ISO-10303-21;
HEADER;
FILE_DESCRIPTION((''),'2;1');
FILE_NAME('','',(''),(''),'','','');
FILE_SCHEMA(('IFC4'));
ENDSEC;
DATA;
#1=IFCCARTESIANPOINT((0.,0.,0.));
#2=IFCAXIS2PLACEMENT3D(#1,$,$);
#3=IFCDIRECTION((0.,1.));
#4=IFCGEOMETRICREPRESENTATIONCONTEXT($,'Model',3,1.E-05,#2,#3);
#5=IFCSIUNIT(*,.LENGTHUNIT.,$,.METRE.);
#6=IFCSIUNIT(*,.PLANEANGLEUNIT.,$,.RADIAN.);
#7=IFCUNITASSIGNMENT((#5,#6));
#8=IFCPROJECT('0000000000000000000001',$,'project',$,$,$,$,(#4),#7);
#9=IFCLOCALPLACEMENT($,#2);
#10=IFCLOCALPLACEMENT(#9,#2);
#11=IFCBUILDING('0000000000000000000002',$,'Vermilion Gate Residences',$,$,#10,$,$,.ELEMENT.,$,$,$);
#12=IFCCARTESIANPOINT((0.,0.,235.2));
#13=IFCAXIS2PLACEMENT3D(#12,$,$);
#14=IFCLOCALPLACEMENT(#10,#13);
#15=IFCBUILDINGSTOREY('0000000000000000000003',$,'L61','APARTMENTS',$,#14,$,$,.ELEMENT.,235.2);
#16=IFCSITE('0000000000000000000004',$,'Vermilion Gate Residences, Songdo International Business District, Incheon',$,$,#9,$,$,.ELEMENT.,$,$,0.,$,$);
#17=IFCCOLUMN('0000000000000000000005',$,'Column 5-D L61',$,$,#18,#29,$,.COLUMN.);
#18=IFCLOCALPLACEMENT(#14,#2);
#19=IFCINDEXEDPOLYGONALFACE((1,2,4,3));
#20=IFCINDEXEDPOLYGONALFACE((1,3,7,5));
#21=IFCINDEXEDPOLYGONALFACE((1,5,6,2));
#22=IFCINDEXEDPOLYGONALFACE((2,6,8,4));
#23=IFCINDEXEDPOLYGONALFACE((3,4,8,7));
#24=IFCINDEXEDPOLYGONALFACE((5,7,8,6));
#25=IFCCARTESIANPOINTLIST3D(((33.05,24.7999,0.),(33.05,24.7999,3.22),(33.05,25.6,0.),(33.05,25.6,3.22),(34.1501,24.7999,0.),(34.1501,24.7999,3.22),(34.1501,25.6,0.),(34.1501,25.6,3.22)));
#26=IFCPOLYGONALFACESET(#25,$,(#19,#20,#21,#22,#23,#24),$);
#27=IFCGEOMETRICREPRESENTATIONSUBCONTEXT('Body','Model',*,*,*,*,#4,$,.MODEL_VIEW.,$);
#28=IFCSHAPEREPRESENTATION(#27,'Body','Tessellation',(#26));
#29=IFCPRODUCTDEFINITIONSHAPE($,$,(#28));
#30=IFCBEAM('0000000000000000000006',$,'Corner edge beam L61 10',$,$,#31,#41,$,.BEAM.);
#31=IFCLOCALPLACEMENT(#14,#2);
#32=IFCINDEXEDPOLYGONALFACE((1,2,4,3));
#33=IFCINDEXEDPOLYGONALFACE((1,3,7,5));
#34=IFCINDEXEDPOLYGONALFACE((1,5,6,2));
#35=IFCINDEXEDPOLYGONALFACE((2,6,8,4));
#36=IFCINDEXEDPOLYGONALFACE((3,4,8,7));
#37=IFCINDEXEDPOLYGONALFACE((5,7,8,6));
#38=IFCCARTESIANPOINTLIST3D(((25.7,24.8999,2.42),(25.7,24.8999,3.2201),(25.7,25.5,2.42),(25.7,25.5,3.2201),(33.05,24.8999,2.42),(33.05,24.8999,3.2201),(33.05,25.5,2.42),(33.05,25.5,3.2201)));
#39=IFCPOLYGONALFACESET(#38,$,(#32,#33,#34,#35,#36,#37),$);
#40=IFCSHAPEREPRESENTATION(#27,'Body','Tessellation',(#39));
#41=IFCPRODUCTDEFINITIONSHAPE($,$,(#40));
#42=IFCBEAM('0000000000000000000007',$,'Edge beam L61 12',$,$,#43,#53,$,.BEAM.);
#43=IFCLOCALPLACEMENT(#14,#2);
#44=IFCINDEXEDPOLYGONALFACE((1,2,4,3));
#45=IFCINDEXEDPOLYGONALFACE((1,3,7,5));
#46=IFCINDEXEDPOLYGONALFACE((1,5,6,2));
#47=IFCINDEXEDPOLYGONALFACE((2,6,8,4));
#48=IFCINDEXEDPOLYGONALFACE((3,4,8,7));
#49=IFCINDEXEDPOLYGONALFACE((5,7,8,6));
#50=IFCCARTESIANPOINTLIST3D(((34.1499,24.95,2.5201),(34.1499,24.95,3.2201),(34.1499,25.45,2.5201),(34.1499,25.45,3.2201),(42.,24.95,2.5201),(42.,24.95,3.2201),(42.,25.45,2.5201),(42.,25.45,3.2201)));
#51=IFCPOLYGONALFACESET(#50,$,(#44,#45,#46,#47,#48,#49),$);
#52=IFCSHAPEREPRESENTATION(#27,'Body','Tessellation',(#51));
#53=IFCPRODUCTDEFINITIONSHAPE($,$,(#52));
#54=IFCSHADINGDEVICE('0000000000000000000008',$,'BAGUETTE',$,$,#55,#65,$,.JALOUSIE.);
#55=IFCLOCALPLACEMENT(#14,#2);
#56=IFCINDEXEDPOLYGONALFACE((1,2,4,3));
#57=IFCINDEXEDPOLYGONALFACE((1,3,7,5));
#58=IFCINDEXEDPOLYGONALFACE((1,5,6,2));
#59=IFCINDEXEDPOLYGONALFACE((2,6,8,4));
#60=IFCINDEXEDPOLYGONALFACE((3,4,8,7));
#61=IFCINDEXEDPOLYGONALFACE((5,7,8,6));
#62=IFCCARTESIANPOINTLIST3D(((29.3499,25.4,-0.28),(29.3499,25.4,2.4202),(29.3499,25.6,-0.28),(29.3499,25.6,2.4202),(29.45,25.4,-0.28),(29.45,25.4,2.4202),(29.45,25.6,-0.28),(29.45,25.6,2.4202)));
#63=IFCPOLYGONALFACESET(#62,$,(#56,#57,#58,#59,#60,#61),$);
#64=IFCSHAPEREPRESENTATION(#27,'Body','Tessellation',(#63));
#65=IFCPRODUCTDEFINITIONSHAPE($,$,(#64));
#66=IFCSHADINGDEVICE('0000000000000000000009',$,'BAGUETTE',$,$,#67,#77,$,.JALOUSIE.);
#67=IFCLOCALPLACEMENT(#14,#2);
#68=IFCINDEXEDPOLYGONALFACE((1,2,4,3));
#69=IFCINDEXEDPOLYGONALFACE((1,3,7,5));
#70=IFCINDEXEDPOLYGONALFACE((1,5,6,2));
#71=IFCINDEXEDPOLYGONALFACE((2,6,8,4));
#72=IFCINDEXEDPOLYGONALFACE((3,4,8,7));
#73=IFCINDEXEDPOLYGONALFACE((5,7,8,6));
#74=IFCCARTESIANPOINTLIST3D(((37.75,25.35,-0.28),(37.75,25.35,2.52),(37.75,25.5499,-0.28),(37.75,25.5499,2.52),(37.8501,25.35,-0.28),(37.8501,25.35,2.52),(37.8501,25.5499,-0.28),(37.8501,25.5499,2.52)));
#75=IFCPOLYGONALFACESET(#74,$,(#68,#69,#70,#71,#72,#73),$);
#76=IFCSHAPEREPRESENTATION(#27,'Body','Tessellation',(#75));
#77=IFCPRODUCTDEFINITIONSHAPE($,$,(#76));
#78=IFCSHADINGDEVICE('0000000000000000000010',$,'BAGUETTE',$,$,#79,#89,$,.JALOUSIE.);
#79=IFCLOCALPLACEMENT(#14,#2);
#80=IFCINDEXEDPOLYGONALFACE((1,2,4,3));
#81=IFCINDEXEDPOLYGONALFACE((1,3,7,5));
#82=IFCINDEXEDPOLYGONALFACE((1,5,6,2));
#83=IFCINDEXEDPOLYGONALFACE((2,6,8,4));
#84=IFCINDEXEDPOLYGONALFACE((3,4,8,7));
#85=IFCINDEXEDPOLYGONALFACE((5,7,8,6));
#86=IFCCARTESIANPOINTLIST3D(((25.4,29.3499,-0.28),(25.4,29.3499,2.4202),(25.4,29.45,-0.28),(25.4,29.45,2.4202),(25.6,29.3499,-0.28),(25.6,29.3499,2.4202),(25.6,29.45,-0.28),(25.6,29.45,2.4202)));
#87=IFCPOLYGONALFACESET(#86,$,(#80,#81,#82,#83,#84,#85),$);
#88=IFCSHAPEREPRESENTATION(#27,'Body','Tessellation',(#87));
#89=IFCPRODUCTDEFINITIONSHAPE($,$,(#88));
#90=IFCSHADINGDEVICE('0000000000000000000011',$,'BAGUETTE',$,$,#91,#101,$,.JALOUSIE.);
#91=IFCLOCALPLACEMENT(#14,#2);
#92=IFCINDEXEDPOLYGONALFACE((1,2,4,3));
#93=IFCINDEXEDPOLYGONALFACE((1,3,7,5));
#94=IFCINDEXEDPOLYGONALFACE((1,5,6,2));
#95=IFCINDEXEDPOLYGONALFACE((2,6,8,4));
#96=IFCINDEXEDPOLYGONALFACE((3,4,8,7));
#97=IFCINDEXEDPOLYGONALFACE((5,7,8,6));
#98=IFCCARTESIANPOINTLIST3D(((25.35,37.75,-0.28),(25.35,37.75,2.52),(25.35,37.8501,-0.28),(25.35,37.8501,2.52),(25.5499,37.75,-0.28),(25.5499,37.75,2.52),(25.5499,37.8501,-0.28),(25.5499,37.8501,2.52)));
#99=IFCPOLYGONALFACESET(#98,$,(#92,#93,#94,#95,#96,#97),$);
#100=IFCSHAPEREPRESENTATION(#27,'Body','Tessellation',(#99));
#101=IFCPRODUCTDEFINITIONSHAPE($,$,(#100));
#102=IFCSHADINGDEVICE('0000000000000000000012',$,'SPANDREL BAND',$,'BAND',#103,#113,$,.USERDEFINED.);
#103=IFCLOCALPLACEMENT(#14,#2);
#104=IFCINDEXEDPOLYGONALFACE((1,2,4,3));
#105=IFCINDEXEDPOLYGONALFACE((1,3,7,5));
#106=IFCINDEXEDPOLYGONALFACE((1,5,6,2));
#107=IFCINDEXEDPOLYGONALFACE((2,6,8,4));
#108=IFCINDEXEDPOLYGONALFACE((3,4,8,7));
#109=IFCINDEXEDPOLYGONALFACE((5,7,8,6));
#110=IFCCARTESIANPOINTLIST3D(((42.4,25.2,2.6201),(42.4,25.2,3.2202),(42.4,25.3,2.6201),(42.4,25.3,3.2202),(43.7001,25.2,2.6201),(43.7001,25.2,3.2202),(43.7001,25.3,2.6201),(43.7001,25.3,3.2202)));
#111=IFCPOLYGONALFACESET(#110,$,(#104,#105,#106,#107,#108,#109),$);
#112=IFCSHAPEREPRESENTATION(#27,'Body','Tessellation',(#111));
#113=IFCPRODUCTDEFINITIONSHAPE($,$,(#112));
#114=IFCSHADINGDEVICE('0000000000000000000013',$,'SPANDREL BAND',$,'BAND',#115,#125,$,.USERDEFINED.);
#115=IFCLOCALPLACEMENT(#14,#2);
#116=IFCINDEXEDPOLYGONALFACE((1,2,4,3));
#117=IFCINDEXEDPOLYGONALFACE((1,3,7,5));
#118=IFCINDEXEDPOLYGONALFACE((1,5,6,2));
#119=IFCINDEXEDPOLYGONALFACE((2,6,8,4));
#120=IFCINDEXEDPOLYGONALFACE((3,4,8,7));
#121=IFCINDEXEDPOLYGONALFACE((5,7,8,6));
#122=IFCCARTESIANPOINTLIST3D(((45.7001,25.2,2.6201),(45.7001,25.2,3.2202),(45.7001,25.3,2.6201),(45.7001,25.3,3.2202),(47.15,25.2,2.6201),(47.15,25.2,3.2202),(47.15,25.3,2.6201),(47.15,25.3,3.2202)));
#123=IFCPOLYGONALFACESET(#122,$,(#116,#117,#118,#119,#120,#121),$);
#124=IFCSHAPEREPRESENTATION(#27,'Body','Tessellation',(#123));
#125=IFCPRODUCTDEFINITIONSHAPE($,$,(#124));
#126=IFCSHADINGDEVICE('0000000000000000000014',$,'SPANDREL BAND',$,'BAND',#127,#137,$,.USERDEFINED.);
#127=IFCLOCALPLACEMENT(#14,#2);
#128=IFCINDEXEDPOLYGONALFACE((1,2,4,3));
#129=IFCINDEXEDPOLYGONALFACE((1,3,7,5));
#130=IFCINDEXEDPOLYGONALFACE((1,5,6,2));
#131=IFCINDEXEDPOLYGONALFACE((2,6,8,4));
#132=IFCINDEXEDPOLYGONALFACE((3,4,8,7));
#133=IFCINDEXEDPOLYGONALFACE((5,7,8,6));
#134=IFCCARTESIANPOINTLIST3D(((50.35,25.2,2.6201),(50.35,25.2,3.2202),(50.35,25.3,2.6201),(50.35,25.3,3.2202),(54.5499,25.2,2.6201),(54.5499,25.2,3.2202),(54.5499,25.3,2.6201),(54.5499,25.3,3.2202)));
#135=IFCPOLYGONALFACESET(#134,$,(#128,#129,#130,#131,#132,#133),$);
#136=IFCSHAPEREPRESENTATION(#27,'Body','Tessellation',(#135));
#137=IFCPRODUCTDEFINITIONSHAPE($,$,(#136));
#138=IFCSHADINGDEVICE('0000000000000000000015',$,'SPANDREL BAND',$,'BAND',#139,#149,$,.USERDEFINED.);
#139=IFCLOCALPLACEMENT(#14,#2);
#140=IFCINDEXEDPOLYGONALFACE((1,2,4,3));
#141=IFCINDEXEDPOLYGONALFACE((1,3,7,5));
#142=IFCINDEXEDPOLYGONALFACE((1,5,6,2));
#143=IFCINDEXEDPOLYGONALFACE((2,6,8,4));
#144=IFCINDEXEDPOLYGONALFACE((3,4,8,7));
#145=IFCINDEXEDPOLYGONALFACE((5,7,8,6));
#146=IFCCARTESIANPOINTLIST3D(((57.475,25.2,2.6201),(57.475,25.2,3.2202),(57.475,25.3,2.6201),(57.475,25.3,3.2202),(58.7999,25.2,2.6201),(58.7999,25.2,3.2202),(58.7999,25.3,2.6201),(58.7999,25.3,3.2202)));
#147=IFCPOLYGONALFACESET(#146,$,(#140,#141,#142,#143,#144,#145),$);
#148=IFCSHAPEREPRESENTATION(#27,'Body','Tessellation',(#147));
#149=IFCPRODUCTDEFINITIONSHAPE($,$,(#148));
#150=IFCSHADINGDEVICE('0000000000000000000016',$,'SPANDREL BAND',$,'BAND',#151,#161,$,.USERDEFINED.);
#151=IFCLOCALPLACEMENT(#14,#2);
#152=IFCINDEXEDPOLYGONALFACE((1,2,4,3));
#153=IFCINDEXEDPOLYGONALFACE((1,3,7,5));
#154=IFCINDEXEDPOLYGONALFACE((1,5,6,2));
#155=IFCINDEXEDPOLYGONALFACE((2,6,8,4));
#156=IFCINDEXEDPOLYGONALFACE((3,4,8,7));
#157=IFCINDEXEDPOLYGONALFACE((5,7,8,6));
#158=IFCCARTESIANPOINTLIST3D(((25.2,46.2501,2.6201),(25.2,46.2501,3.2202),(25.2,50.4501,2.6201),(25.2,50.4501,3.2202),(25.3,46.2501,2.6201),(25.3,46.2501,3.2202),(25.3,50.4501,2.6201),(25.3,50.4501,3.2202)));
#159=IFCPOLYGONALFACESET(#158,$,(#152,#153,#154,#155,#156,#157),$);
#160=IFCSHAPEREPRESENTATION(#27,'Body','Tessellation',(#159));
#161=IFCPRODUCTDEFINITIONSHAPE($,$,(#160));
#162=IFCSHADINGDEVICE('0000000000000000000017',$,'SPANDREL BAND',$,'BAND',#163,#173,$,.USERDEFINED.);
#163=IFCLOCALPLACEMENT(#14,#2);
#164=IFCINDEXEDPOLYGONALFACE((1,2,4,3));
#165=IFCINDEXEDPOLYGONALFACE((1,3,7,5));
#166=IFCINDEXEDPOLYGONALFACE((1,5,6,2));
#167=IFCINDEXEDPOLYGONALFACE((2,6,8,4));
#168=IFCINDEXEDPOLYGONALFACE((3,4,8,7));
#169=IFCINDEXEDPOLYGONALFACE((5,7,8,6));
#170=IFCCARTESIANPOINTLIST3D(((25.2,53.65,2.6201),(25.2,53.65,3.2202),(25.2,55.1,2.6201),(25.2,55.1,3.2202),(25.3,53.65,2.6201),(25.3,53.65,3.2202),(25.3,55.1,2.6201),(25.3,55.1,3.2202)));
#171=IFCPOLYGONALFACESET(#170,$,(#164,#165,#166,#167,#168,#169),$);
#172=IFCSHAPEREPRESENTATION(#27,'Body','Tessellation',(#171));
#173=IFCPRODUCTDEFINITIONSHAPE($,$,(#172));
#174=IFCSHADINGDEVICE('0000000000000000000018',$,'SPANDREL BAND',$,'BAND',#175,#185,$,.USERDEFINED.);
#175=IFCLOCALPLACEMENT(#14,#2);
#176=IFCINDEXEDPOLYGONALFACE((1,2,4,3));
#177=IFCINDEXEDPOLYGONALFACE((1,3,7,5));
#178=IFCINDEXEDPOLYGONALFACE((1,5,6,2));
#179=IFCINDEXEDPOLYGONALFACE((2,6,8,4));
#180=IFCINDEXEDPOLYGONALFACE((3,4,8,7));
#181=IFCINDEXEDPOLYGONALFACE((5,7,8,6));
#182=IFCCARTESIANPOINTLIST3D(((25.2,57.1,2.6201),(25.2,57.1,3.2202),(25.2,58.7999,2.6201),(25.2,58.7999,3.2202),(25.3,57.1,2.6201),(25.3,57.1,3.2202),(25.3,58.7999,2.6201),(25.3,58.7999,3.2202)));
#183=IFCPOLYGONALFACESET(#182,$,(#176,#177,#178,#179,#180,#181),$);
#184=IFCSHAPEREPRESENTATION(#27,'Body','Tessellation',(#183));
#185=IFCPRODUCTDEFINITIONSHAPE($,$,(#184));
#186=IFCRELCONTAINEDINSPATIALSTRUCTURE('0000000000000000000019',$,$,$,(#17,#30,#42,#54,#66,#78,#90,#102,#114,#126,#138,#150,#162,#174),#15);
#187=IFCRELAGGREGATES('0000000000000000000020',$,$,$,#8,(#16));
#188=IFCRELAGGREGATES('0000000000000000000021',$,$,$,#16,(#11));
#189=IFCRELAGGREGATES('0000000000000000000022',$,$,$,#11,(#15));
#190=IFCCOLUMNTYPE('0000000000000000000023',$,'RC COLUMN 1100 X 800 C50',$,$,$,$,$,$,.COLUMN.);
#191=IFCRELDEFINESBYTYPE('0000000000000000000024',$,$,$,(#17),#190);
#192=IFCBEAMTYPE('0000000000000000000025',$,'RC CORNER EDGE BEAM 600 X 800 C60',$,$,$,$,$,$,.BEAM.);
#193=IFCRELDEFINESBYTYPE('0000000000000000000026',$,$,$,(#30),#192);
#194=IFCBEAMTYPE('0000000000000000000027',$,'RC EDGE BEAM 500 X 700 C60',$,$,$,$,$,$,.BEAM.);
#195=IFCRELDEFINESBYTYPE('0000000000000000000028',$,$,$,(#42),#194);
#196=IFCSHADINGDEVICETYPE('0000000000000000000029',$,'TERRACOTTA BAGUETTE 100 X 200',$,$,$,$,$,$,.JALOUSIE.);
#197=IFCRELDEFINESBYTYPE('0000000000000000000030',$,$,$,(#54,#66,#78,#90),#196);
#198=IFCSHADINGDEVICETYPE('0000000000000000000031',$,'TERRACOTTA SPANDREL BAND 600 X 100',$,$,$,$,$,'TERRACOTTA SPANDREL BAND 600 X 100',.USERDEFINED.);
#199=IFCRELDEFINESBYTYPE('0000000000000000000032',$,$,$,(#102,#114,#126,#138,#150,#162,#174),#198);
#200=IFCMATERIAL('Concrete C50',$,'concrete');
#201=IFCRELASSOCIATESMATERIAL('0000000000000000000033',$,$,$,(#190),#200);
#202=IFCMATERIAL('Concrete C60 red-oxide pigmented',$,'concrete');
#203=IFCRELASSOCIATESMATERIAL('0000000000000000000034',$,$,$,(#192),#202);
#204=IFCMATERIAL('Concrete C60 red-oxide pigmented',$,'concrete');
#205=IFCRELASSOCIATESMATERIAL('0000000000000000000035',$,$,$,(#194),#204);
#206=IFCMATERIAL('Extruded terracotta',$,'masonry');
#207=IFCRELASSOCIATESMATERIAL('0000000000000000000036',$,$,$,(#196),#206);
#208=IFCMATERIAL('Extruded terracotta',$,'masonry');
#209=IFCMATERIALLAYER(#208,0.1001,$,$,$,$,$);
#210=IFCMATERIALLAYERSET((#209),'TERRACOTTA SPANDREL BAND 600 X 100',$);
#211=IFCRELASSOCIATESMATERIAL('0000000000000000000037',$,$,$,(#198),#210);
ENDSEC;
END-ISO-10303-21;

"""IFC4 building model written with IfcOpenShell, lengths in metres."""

from ifc_helpers import new_model, si_unit, direction, frame, origin, origin_2d, place, context, subcontext, project, spatial, rectangle, extrude, material, layer, layer_set, material_profile, profile_set, type_object, element, save


model = new_model("IFC4")

# Units and contexts
model_context = context("Model", 3, precision=1e-05, world=origin(), true_north=direction((0.0, 1.0)))
body_context = subcontext(model_context, "Body", "Model", "MODEL_VIEW")
ifc_project = project(units=[si_unit("LENGTHUNIT", "METRE"), si_unit("PLANEANGLEUNIT", "RADIAN")], contexts=[model_context])

# Site, building, storey
site_placement = place(None, origin())
site = spatial("IfcSite", under=ifc_project, at=site_placement, Name="Vermilion Gate Residences, Songdo International Business District, Incheon", CompositionType="ELEMENT", RefElevation=0.0)
building_placement = place(site_placement, origin())
building = spatial("IfcBuilding", under=site, at=building_placement, Name="Vermilion Gate Residences", CompositionType="ELEMENT")
storey_placement = place(building_placement, frame((0.0, 0.0, 235.2)))
storey = spatial("IfcBuildingStorey", under=building, at=storey_placement, Name="L61", Description="APARTMENTS", CompositionType="ELEMENT", Elevation=235.2)

# Column
ifc_material_1 = material(Name="Concrete C50", Category="concrete")
ifc_material_profile_1 = material_profile(ifc_material_1, rectangle(XDim=1.1001, YDim=0.8, at=origin_2d()), Name="RC-1100x800")
ifc_profile_set_1 = profile_set([ifc_material_profile_1], Name="Concrete C50")
column_type = type_object("IfcColumnType", Name="RC COLUMN 1100 X 800 C50", PredefinedType="COLUMN", material=ifc_profile_set_1)
column_placement = place(storey_placement, frame((33.6001, 25.2, 0.0), z_axis=(0.0, 0.0, 1.0), x_axis=(1.0, 0.0, 0.0)))
element("IfcColumn", 1, at=column_placement, inside=storey, type_object=column_type, Name="Column 5-D L61", PredefinedType="COLUMN", context=body_context, shape_type="SweptSolid", body=[
    extrude(rectangle(XDim=1.1001, YDim=0.8, at=origin_2d()), origin(), (0.0, 0.0, 1.0), 3.22),
])

# Beams
ifc_material_2 = material(Name="Concrete C60 red-oxide pigmented", Category="concrete")
ifc_material_profile_2 = material_profile(ifc_material_2, rectangle(XDim=0.6001, YDim=0.8, at=origin_2d()), Name="RC-600x800")
ifc_profile_set_2 = profile_set([ifc_material_profile_2], Name="Concrete C60 red-oxide pigmented")
beam_type_1 = type_object("IfcBeamType", Name="RC CORNER EDGE BEAM 600 X 800 C60", PredefinedType="BEAM", material=ifc_profile_set_2)
beam_1_placement = place(storey_placement, frame((25.7, 25.2, 2.8201), z_axis=(1.0, 0.0, 0.0), x_axis=(0.0, 1.0, 0.0)))
element("IfcBeam", 2, at=beam_1_placement, inside=storey, type_object=beam_type_1, Name="Corner edge beam L61 10", PredefinedType="BEAM", context=body_context, shape_type="SweptSolid", body=[
    extrude(rectangle(XDim=0.6001, YDim=0.8, at=origin_2d()), origin(), (0.0, 0.0, 1.0), 7.3501),
])
ifc_material_3 = material(Name="Concrete C60 red-oxide pigmented", Category="concrete")
ifc_material_profile_3 = material_profile(ifc_material_3, rectangle(XDim=0.5, YDim=0.7, at=origin_2d()), Name="RC-500x700")
ifc_profile_set_3 = profile_set([ifc_material_profile_3], Name="Concrete C60 red-oxide pigmented")
beam_type_2 = type_object("IfcBeamType", Name="RC EDGE BEAM 500 X 700 C60", PredefinedType="BEAM", material=ifc_profile_set_3)
beam_2_placement = place(storey_placement, frame((34.1499, 25.2, 2.8701), z_axis=(1.0, 0.0, 0.0), x_axis=(0.0, 1.0, 0.0)))
element("IfcBeam", 3, at=beam_2_placement, inside=storey, type_object=beam_type_2, Name="Edge beam L61 12", PredefinedType="BEAM", context=body_context, shape_type="SweptSolid", body=[
    extrude(rectangle(XDim=0.5, YDim=0.7, at=origin_2d()), origin(), (0.0, 0.0, 1.0), 7.8501),
])

# Shading devices
ifc_material_4 = material(Name="Extruded terracotta", Category="masonry")
ifc_material_profile_4 = material_profile(ifc_material_4, rectangle(XDim=0.2, YDim=0.1001, at=origin_2d()), Name="BAGUETTE 100 X 200")
ifc_profile_set_4 = profile_set([ifc_material_profile_4], Name="Extruded terracotta")
shading_device_type_1 = type_object("IfcShadingDeviceType", Name="TERRACOTTA BAGUETTE 100 X 200", PredefinedType="JALOUSIE", material=ifc_profile_set_4)
shading_device_1_placement = place(storey_placement, frame((29.3999, 25.5, -0.28), z_axis=(0.0, 0.0, 1.0), x_axis=(0.0, -1.0, 0.0)))
element("IfcShadingDevice", 4, at=shading_device_1_placement, inside=storey, type_object=shading_device_type_1, Name="BAGUETTE", PredefinedType="JALOUSIE", context=body_context, shape_type="SweptSolid", body=[
    extrude(rectangle(XDim=0.2, YDim=0.1001, at=origin_2d()), origin(), (0.0, 0.0, 1.0), 2.7002),
])
shading_device_2_placement = place(storey_placement, frame((37.8, 25.45, -0.28), z_axis=(0.0, 0.0, 1.0), x_axis=(0.0, -1.0, 0.0)))
element("IfcShadingDevice", 5, at=shading_device_2_placement, inside=storey, type_object=shading_device_type_1, Name="BAGUETTE", PredefinedType="JALOUSIE", context=body_context, shape_type="SweptSolid", body=[
    extrude(rectangle(XDim=0.2, YDim=0.1001, at=origin_2d()), origin(), (0.0, 0.0, 1.0), 2.8),
])
shading_device_3_placement = place(storey_placement, frame((25.5, 29.3999, -0.28), z_axis=(0.0, 0.0, 1.0), x_axis=(-1.0, 0.0, 0.0)))
element("IfcShadingDevice", 6, at=shading_device_3_placement, inside=storey, type_object=shading_device_type_1, Name="BAGUETTE", PredefinedType="JALOUSIE", context=body_context, shape_type="SweptSolid", body=[
    extrude(rectangle(XDim=0.2, YDim=0.1001, at=origin_2d()), origin(), (0.0, 0.0, 1.0), 2.7002),
])
shading_device_4_placement = place(storey_placement, frame((25.45, 37.8, -0.28), z_axis=(0.0, 0.0, 1.0), x_axis=(-1.0, 0.0, 0.0)))
element("IfcShadingDevice", 7, at=shading_device_4_placement, inside=storey, type_object=shading_device_type_1, Name="BAGUETTE", PredefinedType="JALOUSIE", context=body_context, shape_type="SweptSolid", body=[
    extrude(rectangle(XDim=0.2, YDim=0.1001, at=origin_2d()), origin(), (0.0, 0.0, 1.0), 2.8),
])
ifc_material_5 = material(Name="Extruded terracotta", Category="masonry")
ifc_layer = layer(ifc_material_5, 0.1001)
ifc_layer_set = layer_set([ifc_layer], Name="TERRACOTTA SPANDREL BAND 600 X 100")
shading_device_type_2 = type_object("IfcShadingDeviceType", Name="TERRACOTTA SPANDREL BAND 600 X 100", ElementType="TERRACOTTA SPANDREL BAND 600 X 100", PredefinedType="USERDEFINED", material=ifc_layer_set)
shading_device_5_placement = place(storey_placement, frame((43.05, 25.25, 2.6201), z_axis=(0.0, 0.0, 1.0), x_axis=(1.0, 0.0, 0.0)))
element("IfcShadingDevice", 8, at=shading_device_5_placement, inside=storey, type_object=shading_device_type_2, Name="SPANDREL BAND", ObjectType="BAND", PredefinedType="USERDEFINED", context=body_context, shape_type="SweptSolid", body=[
    extrude(rectangle(XDim=1.3, YDim=0.1001, at=origin_2d()), origin(), (0.0, 0.0, 1.0), 0.6001),
])
shading_device_6_placement = place(storey_placement, frame((46.425, 25.25, 2.6201), z_axis=(0.0, 0.0, 1.0), x_axis=(1.0, 0.0, 0.0)))
element("IfcShadingDevice", 9, at=shading_device_6_placement, inside=storey, type_object=shading_device_type_2, Name="SPANDREL BAND", ObjectType="BAND", PredefinedType="USERDEFINED", context=body_context, shape_type="SweptSolid", body=[
    extrude(rectangle(XDim=1.45, YDim=0.1001, at=origin_2d()), origin(), (0.0, 0.0, 1.0), 0.6001),
])
shading_device_7_placement = place(storey_placement, frame((52.45, 25.25, 2.6201), z_axis=(0.0, 0.0, 1.0), x_axis=(1.0, 0.0, 0.0)))
element("IfcShadingDevice", 10, at=shading_device_7_placement, inside=storey, type_object=shading_device_type_2, Name="SPANDREL BAND", ObjectType="BAND", PredefinedType="USERDEFINED", context=body_context, shape_type="SweptSolid", body=[
    extrude(rectangle(XDim=4.2, YDim=0.1001, at=origin_2d()), origin(), (0.0, 0.0, 1.0), 0.6001),
])
shading_device_8_placement = place(storey_placement, frame((58.1375, 25.25, 2.6201), z_axis=(0.0, 0.0, 1.0), x_axis=(1.0, 0.0, 0.0)))
element("IfcShadingDevice", 11, at=shading_device_8_placement, inside=storey, type_object=shading_device_type_2, Name="SPANDREL BAND", ObjectType="BAND", PredefinedType="USERDEFINED", context=body_context, shape_type="SweptSolid", body=[
    extrude(rectangle(XDim=1.325, YDim=0.1001, at=origin_2d()), origin(), (0.0, 0.0, 1.0), 0.6001),
])
shading_device_9_placement = place(storey_placement, frame((25.25, 48.3501, 2.6201), z_axis=(0.0, 0.0, 1.0), x_axis=(0.0, 1.0, 0.0)))
element("IfcShadingDevice", 12, at=shading_device_9_placement, inside=storey, type_object=shading_device_type_2, Name="SPANDREL BAND", ObjectType="BAND", PredefinedType="USERDEFINED", context=body_context, shape_type="SweptSolid", body=[
    extrude(rectangle(XDim=4.2, YDim=0.1001, at=origin_2d()), origin(), (0.0, 0.0, 1.0), 0.6001),
])
shading_device_10_placement = place(storey_placement, frame((25.25, 54.375, 2.6201), z_axis=(0.0, 0.0, 1.0), x_axis=(0.0, 1.0, 0.0)))
element("IfcShadingDevice", 13, at=shading_device_10_placement, inside=storey, type_object=shading_device_type_2, Name="SPANDREL BAND", ObjectType="BAND", PredefinedType="USERDEFINED", context=body_context, shape_type="SweptSolid", body=[
    extrude(rectangle(XDim=1.45, YDim=0.1001, at=origin_2d()), origin(), (0.0, 0.0, 1.0), 0.6001),
])
shading_device_11_placement = place(storey_placement, frame((25.25, 57.95, 2.6201), z_axis=(0.0, 0.0, 1.0), x_axis=(0.0, 1.0, 0.0)))
element("IfcShadingDevice", 14, at=shading_device_11_placement, inside=storey, type_object=shading_device_type_2, Name="SPANDREL BAND", ObjectType="BAND", PredefinedType="USERDEFINED", context=body_context, shape_type="SweptSolid", body=[
    extrude(rectangle(XDim=1.7, YDim=0.1001, at=origin_2d()), origin(), (0.0, 0.0, 1.0), 0.6001),
])

save(model, "model.ifc")
